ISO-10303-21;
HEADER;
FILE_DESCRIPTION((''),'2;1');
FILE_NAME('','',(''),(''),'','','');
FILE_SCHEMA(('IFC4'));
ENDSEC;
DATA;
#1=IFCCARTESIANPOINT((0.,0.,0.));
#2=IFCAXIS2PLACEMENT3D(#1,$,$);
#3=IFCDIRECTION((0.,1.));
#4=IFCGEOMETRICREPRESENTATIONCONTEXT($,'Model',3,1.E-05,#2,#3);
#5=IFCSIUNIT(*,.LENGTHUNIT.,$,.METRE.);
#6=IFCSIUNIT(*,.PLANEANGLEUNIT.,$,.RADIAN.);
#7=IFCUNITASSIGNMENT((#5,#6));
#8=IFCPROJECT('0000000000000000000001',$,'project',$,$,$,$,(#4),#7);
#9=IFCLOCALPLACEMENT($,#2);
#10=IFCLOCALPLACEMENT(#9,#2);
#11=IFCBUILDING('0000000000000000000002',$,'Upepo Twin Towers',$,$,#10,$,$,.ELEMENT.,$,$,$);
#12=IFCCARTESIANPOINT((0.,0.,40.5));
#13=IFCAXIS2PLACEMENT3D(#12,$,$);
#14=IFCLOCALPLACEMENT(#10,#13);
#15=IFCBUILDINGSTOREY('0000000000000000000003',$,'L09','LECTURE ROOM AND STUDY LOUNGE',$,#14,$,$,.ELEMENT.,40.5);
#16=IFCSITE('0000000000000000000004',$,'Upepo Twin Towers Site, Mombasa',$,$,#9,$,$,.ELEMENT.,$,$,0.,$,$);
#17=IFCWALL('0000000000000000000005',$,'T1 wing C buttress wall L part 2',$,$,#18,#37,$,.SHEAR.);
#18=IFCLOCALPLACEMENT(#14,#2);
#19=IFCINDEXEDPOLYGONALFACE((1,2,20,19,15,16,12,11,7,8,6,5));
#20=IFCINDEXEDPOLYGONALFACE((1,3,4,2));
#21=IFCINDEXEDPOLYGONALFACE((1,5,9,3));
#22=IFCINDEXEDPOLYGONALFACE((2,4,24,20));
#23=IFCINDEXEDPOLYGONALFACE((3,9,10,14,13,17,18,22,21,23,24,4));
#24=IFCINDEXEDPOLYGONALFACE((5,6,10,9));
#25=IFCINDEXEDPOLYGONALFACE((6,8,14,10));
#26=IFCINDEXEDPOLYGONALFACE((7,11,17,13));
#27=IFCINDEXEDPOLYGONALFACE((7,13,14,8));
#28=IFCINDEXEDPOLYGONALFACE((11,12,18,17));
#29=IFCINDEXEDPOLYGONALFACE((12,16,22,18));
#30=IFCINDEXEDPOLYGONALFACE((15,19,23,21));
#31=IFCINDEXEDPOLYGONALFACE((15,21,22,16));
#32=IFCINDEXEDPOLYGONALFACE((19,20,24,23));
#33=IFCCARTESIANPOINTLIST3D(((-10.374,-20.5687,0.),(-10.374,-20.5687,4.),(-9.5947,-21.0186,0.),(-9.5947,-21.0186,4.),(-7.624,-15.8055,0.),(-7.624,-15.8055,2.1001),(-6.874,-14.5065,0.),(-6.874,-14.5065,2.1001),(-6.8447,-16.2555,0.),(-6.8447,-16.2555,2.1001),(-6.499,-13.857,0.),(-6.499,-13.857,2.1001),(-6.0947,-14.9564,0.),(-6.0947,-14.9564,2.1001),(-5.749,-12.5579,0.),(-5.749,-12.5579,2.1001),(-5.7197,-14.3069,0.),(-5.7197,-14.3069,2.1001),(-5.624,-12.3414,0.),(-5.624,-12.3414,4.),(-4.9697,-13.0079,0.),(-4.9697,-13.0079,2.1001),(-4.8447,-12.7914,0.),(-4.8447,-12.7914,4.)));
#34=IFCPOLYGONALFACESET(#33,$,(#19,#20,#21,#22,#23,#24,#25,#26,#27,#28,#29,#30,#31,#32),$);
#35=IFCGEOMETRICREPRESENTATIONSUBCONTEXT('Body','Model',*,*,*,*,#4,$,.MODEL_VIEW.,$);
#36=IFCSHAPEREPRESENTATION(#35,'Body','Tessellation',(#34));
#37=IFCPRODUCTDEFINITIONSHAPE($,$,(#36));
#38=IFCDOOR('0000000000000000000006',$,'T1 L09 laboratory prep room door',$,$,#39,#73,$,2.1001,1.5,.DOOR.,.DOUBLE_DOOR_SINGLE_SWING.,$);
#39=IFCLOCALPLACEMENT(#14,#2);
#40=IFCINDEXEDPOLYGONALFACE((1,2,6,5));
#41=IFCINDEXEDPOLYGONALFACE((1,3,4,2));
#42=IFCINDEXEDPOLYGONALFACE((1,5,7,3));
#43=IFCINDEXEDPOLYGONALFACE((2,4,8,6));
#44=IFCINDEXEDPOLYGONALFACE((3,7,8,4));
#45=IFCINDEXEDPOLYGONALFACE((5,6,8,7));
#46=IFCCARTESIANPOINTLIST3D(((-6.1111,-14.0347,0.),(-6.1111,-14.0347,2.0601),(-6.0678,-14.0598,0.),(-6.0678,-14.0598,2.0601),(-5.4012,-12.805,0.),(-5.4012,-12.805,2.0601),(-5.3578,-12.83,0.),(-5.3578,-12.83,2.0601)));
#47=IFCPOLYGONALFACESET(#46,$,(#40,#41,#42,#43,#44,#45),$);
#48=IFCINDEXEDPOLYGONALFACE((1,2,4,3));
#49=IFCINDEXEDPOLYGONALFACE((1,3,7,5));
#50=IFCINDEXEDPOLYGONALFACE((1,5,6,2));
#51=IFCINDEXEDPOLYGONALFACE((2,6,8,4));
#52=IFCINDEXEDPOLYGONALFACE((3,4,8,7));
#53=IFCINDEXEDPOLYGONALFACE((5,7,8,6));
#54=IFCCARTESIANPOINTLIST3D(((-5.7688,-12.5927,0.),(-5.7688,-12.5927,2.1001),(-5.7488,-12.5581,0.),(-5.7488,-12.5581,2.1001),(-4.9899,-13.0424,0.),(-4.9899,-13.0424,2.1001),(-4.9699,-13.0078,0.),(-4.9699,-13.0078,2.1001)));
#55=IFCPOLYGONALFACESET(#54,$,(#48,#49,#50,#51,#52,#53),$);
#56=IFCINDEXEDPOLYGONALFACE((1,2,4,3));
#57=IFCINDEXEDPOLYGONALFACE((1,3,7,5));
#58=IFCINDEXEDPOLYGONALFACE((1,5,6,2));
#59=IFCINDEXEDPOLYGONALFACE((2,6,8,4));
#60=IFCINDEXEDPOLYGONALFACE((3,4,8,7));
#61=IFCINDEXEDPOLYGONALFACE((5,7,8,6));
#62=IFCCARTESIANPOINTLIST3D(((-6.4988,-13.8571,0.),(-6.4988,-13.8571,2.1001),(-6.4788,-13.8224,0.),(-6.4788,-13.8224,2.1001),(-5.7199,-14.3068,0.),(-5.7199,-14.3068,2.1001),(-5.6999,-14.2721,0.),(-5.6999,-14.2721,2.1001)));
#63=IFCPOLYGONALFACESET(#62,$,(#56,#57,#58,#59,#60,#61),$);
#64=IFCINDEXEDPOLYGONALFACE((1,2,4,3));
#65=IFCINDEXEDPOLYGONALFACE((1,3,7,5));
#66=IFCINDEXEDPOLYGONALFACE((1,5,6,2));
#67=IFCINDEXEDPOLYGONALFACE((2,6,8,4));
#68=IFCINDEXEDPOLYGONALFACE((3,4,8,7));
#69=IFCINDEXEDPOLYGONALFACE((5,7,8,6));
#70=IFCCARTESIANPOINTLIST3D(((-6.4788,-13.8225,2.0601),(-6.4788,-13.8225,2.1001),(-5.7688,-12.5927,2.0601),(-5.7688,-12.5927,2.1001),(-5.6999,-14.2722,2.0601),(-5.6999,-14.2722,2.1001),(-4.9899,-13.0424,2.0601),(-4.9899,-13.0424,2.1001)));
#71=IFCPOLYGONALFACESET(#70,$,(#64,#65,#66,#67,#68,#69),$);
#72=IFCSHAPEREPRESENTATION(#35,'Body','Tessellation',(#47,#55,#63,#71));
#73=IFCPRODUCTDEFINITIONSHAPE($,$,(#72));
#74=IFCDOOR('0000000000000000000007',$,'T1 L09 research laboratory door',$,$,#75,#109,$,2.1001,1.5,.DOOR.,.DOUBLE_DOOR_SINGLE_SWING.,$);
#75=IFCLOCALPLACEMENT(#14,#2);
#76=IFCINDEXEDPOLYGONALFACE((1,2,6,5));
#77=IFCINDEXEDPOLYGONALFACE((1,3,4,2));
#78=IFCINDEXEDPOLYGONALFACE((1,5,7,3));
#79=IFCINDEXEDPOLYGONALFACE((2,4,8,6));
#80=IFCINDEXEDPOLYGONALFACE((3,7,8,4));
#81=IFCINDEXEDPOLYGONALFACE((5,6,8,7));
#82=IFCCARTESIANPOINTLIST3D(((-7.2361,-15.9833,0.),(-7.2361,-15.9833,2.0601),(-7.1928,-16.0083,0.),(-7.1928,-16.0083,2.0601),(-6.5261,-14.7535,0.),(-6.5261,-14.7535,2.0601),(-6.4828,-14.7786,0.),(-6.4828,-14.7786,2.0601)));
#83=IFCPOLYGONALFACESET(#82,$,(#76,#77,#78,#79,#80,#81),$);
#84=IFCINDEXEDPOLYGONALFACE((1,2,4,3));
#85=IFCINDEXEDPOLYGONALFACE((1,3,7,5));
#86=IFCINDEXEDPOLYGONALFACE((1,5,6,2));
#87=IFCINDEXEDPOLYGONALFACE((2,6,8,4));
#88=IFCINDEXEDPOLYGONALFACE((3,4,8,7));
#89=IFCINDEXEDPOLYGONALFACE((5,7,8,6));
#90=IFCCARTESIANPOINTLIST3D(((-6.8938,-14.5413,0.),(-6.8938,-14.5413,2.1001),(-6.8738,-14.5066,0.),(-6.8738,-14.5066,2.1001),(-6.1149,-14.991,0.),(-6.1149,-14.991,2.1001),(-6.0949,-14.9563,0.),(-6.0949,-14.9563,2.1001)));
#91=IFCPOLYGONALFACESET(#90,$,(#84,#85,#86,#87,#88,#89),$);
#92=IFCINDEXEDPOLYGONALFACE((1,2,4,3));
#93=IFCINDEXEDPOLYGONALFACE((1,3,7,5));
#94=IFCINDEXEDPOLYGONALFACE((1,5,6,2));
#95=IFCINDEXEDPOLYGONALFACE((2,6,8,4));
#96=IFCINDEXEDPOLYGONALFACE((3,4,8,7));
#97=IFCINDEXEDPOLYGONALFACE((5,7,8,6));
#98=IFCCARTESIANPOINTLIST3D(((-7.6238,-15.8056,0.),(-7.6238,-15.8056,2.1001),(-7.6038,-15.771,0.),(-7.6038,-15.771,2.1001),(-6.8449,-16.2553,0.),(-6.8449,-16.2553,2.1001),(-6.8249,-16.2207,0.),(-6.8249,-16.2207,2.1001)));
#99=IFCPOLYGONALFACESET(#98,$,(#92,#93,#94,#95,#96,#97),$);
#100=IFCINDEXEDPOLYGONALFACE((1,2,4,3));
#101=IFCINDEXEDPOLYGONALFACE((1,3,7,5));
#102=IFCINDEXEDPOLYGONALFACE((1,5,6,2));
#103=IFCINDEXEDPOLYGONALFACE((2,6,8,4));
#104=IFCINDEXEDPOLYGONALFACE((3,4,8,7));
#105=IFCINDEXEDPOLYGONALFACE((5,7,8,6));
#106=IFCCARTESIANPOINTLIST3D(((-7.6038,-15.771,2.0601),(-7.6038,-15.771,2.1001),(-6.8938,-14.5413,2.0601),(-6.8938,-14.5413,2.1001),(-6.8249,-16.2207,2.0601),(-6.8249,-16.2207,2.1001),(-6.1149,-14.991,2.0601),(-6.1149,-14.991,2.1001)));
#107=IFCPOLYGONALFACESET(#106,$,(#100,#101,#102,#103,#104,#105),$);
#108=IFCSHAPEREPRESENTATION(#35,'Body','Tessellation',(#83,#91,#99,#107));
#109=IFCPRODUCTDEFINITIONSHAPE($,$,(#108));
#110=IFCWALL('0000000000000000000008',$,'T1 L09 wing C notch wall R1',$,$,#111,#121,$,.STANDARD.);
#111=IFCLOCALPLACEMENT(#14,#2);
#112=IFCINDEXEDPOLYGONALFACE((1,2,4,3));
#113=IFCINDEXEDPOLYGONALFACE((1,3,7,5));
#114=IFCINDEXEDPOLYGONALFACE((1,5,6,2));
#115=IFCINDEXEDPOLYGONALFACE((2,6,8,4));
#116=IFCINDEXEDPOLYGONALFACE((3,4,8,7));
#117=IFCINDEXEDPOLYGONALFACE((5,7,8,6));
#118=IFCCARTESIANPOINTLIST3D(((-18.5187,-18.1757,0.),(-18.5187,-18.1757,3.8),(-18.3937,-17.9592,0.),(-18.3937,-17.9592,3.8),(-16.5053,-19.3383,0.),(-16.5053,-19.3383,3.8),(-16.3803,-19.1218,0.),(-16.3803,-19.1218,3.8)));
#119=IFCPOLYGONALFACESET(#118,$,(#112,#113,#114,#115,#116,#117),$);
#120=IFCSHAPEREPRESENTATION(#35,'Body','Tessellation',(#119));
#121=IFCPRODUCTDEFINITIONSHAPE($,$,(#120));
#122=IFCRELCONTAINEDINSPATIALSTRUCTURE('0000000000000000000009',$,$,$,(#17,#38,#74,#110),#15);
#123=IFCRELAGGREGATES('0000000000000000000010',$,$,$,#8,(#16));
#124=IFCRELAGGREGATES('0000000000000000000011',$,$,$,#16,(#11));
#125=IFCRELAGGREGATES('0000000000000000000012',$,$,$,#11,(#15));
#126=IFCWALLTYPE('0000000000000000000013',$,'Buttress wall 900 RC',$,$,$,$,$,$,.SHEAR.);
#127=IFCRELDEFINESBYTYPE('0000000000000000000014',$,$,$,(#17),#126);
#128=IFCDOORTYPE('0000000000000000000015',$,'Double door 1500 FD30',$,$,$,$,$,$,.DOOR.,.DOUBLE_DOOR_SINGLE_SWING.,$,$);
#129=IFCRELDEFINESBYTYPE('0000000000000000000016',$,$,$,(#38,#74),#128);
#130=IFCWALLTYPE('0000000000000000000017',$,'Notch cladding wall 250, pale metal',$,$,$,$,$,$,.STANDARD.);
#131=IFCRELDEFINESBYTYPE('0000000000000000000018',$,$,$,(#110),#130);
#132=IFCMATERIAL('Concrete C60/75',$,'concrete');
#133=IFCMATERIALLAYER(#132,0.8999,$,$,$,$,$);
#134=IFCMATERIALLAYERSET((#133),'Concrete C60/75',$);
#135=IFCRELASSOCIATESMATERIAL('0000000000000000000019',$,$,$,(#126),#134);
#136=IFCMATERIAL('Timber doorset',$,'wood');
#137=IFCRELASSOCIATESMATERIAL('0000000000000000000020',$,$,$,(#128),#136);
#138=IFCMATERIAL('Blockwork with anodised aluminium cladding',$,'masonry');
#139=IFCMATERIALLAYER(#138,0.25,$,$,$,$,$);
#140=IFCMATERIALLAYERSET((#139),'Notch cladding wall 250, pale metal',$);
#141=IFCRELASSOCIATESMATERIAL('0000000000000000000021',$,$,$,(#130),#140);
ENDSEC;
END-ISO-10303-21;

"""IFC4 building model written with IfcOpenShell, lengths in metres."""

from ifc_helpers import new_model, si_unit, direction, frame, frame_2d, origin, place, context, subcontext, project, spatial, rectangle, extrude, material, layer, layer_set, type_object, element, fill, save


model = new_model("IFC4")

# Units and contexts
model_context = context("Model", 3, precision=1e-05, world=origin(), true_north=direction((0.0, 1.0)))
body_context = subcontext(model_context, "Body", "Model", "MODEL_VIEW")
ifc_project = project(units=[si_unit("LENGTHUNIT", "METRE"), si_unit("PLANEANGLEUNIT", "RADIAN")], contexts=[model_context])

# Site, building, storey
site_placement = place(None, origin())
site = spatial("IfcSite", under=ifc_project, at=site_placement, Name="Upepo Twin Towers Site, Mombasa", CompositionType="ELEMENT", RefElevation=0.0)
building_placement = place(site_placement, origin())
building = spatial("IfcBuilding", under=site, at=building_placement, Name="Upepo Twin Towers", CompositionType="ELEMENT")
storey_placement = place(building_placement, frame((0.0, 0.0, 40.5)))
storey = spatial("IfcBuildingStorey", under=building, at=storey_placement, Name="L09", Description="LECTURE ROOM AND STUDY LOUNGE", CompositionType="ELEMENT", Elevation=40.5)

# Wall, openings, doors
ifc_material_1 = material(Name="Concrete C60/75", Category="concrete")
ifc_layer_1 = layer(ifc_material_1, 0.8999)
ifc_layer_set_1 = layer_set([ifc_layer_1], Name="Concrete C60/75")
wall_type_1 = type_object("IfcWallType", Name="Buttress wall 900 RC", PredefinedType="SHEAR", material=ifc_layer_set_1)
wall_1_placement = place(storey_placement, frame((-5.2344, -12.5664, 0.0), z_axis=(0.0, 0.0, 1.0), x_axis=(-0.499998, -0.866027, 0.0)))
wall_1 = element("IfcWall", 1, at=wall_1_placement, inside=storey, type_object=wall_type_1, Name="T1 wing C buttress wall L part 2", PredefinedType="SHEAR", context=body_context, shape_type="SweptSolid", body=[
    extrude(rectangle(XDim=9.5, YDim=0.8999, at=frame_2d((4.75, 0.0))), origin(), (0.0, 0.0, 1.0), 4.0),
])
opening_1_placement = place(wall_1_placement, frame((0.25, 0.0, 0.0)))
opening_1 = element("IfcOpeningElement", 2, at=opening_1_placement, cuts=wall_1, PredefinedType="OPENING", context=body_context, shape_type="SweptSolid", body=[
    extrude(rectangle(XDim=1.5, YDim=2.1001, at=frame_2d((0.75, 1.05))), frame((0.0, 0.46, 0.0), z_axis=(0.0, -1.0, 0.0), x_axis=(1.0, 0.0, 0.0)), (0.0, 0.0, 1.0), 0.9199),
])
opening_2_placement = place(wall_1_placement, frame((2.5, 0.0, 0.0)))
opening_2 = element("IfcOpeningElement", 3, at=opening_2_placement, cuts=wall_1, PredefinedType="OPENING", context=body_context, shape_type="SweptSolid", body=[
    extrude(rectangle(XDim=1.5, YDim=2.1001, at=frame_2d((0.75, 1.05))), frame((0.0, 0.46, 0.0), z_axis=(0.0, -1.0, 0.0), x_axis=(1.0, 0.0, 0.0)), (0.0, 0.0, 1.0), 0.9199),
])
ifc_material_2 = material(Name="Timber doorset", Category="wood")
door_type = type_object("IfcDoorType", Name="Double door 1500 FD30", OperationType="DOUBLE_DOOR_SINGLE_SWING", PredefinedType="DOOR", material=ifc_material_2)
door_1_placement = place(opening_1_placement, origin())
door_1 = element("IfcDoor", 4, at=door_1_placement, inside=storey, type_object=door_type, Name="T1 L09 laboratory prep room door", OperationType="DOUBLE_DOOR_SINGLE_SWING", OverallHeight=2.1001, OverallWidth=1.5, PredefinedType="DOOR", context=body_context, shape_type="SweptSolid", body=[
    extrude(rectangle(XDim=1.42, YDim=2.0601, at=frame_2d((0.75, 1.03))), frame((0.0, 0.0249, 0.0), z_axis=(0.0, -1.0, 0.0), x_axis=(1.0, 0.0, 0.0)), (0.0, 0.0, 1.0), 0.05),
    extrude(rectangle(XDim=0.04, YDim=2.1001, at=frame_2d((0.02, 1.05))), frame((0.0, 0.4497, 0.0), z_axis=(0.0, -1.0, 0.0), x_axis=(1.0, 0.0, 0.0)), (0.0, 0.0, 1.0), 0.8994),
    extrude(rectangle(XDim=0.04, YDim=2.1001, at=frame_2d((1.48, 1.05))), frame((0.0, 0.4497, 0.0), z_axis=(0.0, -1.0, 0.0), x_axis=(1.0, 0.0, 0.0)), (0.0, 0.0, 1.0), 0.8994),
    extrude(rectangle(XDim=1.42, YDim=0.04, at=frame_2d((0.75, 2.0801))), frame((0.0, 0.4497, 0.0), z_axis=(0.0, -1.0, 0.0), x_axis=(1.0, 0.0, 0.0)), (0.0, 0.0, 1.0), 0.8994),
])
fill(opening_1, door_1)
door_2_placement = place(opening_2_placement, origin())
door_2 = element("IfcDoor", 5, at=door_2_placement, inside=storey, type_object=door_type, Name="T1 L09 research laboratory door", OperationType="DOUBLE_DOOR_SINGLE_SWING", OverallHeight=2.1001, OverallWidth=1.5, PredefinedType="DOOR", context=body_context, shape_type="SweptSolid", body=[
    extrude(rectangle(XDim=1.42, YDim=2.0601, at=frame_2d((0.75, 1.03))), frame((0.0, 0.0249, 0.0), z_axis=(0.0, -1.0, 0.0), x_axis=(1.0, 0.0, 0.0)), (0.0, 0.0, 1.0), 0.05),
    extrude(rectangle(XDim=0.04, YDim=2.1001, at=frame_2d((0.02, 1.05))), frame((0.0, 0.4497, 0.0), z_axis=(0.0, -1.0, 0.0), x_axis=(1.0, 0.0, 0.0)), (0.0, 0.0, 1.0), 0.8994),
    extrude(rectangle(XDim=0.04, YDim=2.1001, at=frame_2d((1.48, 1.05))), frame((0.0, 0.4497, 0.0), z_axis=(0.0, -1.0, 0.0), x_axis=(1.0, 0.0, 0.0)), (0.0, 0.0, 1.0), 0.8994),
    extrude(rectangle(XDim=1.42, YDim=0.04, at=frame_2d((0.75, 2.0801))), frame((0.0, 0.4497, 0.0), z_axis=(0.0, -1.0, 0.0), x_axis=(1.0, 0.0, 0.0)), (0.0, 0.0, 1.0), 0.8994),
])
fill(opening_2, door_2)

# Wall
ifc_material_3 = material(Name="Blockwork with anodised aluminium cladding", Category="masonry")
ifc_layer_2 = layer(ifc_material_3, 0.25)
ifc_layer_set_2 = layer_set([ifc_layer_2], Name="Notch cladding wall 250, pale metal")
wall_type_2 = type_object("IfcWallType", Name="Notch cladding wall 250, pale metal", PredefinedType="STANDARD", material=ifc_layer_set_2)
wall_2_placement = place(storey_placement, frame((-18.4563, -18.0674, 0.0), z_axis=(0.0, 0.0, 1.0), x_axis=(0.865998, -0.500047, 0.0)))
element("IfcWall", 6, at=wall_2_placement, inside=storey, type_object=wall_type_2, Name="T1 L09 wing C notch wall R1", PredefinedType="STANDARD", context=body_context, shape_type="SweptSolid", body=[
    extrude(rectangle(XDim=2.325, YDim=0.25, at=frame_2d((1.1626, 0.0))), origin(), (0.0, 0.0, 1.0), 3.8),
])

save(model, "model.ifc")
